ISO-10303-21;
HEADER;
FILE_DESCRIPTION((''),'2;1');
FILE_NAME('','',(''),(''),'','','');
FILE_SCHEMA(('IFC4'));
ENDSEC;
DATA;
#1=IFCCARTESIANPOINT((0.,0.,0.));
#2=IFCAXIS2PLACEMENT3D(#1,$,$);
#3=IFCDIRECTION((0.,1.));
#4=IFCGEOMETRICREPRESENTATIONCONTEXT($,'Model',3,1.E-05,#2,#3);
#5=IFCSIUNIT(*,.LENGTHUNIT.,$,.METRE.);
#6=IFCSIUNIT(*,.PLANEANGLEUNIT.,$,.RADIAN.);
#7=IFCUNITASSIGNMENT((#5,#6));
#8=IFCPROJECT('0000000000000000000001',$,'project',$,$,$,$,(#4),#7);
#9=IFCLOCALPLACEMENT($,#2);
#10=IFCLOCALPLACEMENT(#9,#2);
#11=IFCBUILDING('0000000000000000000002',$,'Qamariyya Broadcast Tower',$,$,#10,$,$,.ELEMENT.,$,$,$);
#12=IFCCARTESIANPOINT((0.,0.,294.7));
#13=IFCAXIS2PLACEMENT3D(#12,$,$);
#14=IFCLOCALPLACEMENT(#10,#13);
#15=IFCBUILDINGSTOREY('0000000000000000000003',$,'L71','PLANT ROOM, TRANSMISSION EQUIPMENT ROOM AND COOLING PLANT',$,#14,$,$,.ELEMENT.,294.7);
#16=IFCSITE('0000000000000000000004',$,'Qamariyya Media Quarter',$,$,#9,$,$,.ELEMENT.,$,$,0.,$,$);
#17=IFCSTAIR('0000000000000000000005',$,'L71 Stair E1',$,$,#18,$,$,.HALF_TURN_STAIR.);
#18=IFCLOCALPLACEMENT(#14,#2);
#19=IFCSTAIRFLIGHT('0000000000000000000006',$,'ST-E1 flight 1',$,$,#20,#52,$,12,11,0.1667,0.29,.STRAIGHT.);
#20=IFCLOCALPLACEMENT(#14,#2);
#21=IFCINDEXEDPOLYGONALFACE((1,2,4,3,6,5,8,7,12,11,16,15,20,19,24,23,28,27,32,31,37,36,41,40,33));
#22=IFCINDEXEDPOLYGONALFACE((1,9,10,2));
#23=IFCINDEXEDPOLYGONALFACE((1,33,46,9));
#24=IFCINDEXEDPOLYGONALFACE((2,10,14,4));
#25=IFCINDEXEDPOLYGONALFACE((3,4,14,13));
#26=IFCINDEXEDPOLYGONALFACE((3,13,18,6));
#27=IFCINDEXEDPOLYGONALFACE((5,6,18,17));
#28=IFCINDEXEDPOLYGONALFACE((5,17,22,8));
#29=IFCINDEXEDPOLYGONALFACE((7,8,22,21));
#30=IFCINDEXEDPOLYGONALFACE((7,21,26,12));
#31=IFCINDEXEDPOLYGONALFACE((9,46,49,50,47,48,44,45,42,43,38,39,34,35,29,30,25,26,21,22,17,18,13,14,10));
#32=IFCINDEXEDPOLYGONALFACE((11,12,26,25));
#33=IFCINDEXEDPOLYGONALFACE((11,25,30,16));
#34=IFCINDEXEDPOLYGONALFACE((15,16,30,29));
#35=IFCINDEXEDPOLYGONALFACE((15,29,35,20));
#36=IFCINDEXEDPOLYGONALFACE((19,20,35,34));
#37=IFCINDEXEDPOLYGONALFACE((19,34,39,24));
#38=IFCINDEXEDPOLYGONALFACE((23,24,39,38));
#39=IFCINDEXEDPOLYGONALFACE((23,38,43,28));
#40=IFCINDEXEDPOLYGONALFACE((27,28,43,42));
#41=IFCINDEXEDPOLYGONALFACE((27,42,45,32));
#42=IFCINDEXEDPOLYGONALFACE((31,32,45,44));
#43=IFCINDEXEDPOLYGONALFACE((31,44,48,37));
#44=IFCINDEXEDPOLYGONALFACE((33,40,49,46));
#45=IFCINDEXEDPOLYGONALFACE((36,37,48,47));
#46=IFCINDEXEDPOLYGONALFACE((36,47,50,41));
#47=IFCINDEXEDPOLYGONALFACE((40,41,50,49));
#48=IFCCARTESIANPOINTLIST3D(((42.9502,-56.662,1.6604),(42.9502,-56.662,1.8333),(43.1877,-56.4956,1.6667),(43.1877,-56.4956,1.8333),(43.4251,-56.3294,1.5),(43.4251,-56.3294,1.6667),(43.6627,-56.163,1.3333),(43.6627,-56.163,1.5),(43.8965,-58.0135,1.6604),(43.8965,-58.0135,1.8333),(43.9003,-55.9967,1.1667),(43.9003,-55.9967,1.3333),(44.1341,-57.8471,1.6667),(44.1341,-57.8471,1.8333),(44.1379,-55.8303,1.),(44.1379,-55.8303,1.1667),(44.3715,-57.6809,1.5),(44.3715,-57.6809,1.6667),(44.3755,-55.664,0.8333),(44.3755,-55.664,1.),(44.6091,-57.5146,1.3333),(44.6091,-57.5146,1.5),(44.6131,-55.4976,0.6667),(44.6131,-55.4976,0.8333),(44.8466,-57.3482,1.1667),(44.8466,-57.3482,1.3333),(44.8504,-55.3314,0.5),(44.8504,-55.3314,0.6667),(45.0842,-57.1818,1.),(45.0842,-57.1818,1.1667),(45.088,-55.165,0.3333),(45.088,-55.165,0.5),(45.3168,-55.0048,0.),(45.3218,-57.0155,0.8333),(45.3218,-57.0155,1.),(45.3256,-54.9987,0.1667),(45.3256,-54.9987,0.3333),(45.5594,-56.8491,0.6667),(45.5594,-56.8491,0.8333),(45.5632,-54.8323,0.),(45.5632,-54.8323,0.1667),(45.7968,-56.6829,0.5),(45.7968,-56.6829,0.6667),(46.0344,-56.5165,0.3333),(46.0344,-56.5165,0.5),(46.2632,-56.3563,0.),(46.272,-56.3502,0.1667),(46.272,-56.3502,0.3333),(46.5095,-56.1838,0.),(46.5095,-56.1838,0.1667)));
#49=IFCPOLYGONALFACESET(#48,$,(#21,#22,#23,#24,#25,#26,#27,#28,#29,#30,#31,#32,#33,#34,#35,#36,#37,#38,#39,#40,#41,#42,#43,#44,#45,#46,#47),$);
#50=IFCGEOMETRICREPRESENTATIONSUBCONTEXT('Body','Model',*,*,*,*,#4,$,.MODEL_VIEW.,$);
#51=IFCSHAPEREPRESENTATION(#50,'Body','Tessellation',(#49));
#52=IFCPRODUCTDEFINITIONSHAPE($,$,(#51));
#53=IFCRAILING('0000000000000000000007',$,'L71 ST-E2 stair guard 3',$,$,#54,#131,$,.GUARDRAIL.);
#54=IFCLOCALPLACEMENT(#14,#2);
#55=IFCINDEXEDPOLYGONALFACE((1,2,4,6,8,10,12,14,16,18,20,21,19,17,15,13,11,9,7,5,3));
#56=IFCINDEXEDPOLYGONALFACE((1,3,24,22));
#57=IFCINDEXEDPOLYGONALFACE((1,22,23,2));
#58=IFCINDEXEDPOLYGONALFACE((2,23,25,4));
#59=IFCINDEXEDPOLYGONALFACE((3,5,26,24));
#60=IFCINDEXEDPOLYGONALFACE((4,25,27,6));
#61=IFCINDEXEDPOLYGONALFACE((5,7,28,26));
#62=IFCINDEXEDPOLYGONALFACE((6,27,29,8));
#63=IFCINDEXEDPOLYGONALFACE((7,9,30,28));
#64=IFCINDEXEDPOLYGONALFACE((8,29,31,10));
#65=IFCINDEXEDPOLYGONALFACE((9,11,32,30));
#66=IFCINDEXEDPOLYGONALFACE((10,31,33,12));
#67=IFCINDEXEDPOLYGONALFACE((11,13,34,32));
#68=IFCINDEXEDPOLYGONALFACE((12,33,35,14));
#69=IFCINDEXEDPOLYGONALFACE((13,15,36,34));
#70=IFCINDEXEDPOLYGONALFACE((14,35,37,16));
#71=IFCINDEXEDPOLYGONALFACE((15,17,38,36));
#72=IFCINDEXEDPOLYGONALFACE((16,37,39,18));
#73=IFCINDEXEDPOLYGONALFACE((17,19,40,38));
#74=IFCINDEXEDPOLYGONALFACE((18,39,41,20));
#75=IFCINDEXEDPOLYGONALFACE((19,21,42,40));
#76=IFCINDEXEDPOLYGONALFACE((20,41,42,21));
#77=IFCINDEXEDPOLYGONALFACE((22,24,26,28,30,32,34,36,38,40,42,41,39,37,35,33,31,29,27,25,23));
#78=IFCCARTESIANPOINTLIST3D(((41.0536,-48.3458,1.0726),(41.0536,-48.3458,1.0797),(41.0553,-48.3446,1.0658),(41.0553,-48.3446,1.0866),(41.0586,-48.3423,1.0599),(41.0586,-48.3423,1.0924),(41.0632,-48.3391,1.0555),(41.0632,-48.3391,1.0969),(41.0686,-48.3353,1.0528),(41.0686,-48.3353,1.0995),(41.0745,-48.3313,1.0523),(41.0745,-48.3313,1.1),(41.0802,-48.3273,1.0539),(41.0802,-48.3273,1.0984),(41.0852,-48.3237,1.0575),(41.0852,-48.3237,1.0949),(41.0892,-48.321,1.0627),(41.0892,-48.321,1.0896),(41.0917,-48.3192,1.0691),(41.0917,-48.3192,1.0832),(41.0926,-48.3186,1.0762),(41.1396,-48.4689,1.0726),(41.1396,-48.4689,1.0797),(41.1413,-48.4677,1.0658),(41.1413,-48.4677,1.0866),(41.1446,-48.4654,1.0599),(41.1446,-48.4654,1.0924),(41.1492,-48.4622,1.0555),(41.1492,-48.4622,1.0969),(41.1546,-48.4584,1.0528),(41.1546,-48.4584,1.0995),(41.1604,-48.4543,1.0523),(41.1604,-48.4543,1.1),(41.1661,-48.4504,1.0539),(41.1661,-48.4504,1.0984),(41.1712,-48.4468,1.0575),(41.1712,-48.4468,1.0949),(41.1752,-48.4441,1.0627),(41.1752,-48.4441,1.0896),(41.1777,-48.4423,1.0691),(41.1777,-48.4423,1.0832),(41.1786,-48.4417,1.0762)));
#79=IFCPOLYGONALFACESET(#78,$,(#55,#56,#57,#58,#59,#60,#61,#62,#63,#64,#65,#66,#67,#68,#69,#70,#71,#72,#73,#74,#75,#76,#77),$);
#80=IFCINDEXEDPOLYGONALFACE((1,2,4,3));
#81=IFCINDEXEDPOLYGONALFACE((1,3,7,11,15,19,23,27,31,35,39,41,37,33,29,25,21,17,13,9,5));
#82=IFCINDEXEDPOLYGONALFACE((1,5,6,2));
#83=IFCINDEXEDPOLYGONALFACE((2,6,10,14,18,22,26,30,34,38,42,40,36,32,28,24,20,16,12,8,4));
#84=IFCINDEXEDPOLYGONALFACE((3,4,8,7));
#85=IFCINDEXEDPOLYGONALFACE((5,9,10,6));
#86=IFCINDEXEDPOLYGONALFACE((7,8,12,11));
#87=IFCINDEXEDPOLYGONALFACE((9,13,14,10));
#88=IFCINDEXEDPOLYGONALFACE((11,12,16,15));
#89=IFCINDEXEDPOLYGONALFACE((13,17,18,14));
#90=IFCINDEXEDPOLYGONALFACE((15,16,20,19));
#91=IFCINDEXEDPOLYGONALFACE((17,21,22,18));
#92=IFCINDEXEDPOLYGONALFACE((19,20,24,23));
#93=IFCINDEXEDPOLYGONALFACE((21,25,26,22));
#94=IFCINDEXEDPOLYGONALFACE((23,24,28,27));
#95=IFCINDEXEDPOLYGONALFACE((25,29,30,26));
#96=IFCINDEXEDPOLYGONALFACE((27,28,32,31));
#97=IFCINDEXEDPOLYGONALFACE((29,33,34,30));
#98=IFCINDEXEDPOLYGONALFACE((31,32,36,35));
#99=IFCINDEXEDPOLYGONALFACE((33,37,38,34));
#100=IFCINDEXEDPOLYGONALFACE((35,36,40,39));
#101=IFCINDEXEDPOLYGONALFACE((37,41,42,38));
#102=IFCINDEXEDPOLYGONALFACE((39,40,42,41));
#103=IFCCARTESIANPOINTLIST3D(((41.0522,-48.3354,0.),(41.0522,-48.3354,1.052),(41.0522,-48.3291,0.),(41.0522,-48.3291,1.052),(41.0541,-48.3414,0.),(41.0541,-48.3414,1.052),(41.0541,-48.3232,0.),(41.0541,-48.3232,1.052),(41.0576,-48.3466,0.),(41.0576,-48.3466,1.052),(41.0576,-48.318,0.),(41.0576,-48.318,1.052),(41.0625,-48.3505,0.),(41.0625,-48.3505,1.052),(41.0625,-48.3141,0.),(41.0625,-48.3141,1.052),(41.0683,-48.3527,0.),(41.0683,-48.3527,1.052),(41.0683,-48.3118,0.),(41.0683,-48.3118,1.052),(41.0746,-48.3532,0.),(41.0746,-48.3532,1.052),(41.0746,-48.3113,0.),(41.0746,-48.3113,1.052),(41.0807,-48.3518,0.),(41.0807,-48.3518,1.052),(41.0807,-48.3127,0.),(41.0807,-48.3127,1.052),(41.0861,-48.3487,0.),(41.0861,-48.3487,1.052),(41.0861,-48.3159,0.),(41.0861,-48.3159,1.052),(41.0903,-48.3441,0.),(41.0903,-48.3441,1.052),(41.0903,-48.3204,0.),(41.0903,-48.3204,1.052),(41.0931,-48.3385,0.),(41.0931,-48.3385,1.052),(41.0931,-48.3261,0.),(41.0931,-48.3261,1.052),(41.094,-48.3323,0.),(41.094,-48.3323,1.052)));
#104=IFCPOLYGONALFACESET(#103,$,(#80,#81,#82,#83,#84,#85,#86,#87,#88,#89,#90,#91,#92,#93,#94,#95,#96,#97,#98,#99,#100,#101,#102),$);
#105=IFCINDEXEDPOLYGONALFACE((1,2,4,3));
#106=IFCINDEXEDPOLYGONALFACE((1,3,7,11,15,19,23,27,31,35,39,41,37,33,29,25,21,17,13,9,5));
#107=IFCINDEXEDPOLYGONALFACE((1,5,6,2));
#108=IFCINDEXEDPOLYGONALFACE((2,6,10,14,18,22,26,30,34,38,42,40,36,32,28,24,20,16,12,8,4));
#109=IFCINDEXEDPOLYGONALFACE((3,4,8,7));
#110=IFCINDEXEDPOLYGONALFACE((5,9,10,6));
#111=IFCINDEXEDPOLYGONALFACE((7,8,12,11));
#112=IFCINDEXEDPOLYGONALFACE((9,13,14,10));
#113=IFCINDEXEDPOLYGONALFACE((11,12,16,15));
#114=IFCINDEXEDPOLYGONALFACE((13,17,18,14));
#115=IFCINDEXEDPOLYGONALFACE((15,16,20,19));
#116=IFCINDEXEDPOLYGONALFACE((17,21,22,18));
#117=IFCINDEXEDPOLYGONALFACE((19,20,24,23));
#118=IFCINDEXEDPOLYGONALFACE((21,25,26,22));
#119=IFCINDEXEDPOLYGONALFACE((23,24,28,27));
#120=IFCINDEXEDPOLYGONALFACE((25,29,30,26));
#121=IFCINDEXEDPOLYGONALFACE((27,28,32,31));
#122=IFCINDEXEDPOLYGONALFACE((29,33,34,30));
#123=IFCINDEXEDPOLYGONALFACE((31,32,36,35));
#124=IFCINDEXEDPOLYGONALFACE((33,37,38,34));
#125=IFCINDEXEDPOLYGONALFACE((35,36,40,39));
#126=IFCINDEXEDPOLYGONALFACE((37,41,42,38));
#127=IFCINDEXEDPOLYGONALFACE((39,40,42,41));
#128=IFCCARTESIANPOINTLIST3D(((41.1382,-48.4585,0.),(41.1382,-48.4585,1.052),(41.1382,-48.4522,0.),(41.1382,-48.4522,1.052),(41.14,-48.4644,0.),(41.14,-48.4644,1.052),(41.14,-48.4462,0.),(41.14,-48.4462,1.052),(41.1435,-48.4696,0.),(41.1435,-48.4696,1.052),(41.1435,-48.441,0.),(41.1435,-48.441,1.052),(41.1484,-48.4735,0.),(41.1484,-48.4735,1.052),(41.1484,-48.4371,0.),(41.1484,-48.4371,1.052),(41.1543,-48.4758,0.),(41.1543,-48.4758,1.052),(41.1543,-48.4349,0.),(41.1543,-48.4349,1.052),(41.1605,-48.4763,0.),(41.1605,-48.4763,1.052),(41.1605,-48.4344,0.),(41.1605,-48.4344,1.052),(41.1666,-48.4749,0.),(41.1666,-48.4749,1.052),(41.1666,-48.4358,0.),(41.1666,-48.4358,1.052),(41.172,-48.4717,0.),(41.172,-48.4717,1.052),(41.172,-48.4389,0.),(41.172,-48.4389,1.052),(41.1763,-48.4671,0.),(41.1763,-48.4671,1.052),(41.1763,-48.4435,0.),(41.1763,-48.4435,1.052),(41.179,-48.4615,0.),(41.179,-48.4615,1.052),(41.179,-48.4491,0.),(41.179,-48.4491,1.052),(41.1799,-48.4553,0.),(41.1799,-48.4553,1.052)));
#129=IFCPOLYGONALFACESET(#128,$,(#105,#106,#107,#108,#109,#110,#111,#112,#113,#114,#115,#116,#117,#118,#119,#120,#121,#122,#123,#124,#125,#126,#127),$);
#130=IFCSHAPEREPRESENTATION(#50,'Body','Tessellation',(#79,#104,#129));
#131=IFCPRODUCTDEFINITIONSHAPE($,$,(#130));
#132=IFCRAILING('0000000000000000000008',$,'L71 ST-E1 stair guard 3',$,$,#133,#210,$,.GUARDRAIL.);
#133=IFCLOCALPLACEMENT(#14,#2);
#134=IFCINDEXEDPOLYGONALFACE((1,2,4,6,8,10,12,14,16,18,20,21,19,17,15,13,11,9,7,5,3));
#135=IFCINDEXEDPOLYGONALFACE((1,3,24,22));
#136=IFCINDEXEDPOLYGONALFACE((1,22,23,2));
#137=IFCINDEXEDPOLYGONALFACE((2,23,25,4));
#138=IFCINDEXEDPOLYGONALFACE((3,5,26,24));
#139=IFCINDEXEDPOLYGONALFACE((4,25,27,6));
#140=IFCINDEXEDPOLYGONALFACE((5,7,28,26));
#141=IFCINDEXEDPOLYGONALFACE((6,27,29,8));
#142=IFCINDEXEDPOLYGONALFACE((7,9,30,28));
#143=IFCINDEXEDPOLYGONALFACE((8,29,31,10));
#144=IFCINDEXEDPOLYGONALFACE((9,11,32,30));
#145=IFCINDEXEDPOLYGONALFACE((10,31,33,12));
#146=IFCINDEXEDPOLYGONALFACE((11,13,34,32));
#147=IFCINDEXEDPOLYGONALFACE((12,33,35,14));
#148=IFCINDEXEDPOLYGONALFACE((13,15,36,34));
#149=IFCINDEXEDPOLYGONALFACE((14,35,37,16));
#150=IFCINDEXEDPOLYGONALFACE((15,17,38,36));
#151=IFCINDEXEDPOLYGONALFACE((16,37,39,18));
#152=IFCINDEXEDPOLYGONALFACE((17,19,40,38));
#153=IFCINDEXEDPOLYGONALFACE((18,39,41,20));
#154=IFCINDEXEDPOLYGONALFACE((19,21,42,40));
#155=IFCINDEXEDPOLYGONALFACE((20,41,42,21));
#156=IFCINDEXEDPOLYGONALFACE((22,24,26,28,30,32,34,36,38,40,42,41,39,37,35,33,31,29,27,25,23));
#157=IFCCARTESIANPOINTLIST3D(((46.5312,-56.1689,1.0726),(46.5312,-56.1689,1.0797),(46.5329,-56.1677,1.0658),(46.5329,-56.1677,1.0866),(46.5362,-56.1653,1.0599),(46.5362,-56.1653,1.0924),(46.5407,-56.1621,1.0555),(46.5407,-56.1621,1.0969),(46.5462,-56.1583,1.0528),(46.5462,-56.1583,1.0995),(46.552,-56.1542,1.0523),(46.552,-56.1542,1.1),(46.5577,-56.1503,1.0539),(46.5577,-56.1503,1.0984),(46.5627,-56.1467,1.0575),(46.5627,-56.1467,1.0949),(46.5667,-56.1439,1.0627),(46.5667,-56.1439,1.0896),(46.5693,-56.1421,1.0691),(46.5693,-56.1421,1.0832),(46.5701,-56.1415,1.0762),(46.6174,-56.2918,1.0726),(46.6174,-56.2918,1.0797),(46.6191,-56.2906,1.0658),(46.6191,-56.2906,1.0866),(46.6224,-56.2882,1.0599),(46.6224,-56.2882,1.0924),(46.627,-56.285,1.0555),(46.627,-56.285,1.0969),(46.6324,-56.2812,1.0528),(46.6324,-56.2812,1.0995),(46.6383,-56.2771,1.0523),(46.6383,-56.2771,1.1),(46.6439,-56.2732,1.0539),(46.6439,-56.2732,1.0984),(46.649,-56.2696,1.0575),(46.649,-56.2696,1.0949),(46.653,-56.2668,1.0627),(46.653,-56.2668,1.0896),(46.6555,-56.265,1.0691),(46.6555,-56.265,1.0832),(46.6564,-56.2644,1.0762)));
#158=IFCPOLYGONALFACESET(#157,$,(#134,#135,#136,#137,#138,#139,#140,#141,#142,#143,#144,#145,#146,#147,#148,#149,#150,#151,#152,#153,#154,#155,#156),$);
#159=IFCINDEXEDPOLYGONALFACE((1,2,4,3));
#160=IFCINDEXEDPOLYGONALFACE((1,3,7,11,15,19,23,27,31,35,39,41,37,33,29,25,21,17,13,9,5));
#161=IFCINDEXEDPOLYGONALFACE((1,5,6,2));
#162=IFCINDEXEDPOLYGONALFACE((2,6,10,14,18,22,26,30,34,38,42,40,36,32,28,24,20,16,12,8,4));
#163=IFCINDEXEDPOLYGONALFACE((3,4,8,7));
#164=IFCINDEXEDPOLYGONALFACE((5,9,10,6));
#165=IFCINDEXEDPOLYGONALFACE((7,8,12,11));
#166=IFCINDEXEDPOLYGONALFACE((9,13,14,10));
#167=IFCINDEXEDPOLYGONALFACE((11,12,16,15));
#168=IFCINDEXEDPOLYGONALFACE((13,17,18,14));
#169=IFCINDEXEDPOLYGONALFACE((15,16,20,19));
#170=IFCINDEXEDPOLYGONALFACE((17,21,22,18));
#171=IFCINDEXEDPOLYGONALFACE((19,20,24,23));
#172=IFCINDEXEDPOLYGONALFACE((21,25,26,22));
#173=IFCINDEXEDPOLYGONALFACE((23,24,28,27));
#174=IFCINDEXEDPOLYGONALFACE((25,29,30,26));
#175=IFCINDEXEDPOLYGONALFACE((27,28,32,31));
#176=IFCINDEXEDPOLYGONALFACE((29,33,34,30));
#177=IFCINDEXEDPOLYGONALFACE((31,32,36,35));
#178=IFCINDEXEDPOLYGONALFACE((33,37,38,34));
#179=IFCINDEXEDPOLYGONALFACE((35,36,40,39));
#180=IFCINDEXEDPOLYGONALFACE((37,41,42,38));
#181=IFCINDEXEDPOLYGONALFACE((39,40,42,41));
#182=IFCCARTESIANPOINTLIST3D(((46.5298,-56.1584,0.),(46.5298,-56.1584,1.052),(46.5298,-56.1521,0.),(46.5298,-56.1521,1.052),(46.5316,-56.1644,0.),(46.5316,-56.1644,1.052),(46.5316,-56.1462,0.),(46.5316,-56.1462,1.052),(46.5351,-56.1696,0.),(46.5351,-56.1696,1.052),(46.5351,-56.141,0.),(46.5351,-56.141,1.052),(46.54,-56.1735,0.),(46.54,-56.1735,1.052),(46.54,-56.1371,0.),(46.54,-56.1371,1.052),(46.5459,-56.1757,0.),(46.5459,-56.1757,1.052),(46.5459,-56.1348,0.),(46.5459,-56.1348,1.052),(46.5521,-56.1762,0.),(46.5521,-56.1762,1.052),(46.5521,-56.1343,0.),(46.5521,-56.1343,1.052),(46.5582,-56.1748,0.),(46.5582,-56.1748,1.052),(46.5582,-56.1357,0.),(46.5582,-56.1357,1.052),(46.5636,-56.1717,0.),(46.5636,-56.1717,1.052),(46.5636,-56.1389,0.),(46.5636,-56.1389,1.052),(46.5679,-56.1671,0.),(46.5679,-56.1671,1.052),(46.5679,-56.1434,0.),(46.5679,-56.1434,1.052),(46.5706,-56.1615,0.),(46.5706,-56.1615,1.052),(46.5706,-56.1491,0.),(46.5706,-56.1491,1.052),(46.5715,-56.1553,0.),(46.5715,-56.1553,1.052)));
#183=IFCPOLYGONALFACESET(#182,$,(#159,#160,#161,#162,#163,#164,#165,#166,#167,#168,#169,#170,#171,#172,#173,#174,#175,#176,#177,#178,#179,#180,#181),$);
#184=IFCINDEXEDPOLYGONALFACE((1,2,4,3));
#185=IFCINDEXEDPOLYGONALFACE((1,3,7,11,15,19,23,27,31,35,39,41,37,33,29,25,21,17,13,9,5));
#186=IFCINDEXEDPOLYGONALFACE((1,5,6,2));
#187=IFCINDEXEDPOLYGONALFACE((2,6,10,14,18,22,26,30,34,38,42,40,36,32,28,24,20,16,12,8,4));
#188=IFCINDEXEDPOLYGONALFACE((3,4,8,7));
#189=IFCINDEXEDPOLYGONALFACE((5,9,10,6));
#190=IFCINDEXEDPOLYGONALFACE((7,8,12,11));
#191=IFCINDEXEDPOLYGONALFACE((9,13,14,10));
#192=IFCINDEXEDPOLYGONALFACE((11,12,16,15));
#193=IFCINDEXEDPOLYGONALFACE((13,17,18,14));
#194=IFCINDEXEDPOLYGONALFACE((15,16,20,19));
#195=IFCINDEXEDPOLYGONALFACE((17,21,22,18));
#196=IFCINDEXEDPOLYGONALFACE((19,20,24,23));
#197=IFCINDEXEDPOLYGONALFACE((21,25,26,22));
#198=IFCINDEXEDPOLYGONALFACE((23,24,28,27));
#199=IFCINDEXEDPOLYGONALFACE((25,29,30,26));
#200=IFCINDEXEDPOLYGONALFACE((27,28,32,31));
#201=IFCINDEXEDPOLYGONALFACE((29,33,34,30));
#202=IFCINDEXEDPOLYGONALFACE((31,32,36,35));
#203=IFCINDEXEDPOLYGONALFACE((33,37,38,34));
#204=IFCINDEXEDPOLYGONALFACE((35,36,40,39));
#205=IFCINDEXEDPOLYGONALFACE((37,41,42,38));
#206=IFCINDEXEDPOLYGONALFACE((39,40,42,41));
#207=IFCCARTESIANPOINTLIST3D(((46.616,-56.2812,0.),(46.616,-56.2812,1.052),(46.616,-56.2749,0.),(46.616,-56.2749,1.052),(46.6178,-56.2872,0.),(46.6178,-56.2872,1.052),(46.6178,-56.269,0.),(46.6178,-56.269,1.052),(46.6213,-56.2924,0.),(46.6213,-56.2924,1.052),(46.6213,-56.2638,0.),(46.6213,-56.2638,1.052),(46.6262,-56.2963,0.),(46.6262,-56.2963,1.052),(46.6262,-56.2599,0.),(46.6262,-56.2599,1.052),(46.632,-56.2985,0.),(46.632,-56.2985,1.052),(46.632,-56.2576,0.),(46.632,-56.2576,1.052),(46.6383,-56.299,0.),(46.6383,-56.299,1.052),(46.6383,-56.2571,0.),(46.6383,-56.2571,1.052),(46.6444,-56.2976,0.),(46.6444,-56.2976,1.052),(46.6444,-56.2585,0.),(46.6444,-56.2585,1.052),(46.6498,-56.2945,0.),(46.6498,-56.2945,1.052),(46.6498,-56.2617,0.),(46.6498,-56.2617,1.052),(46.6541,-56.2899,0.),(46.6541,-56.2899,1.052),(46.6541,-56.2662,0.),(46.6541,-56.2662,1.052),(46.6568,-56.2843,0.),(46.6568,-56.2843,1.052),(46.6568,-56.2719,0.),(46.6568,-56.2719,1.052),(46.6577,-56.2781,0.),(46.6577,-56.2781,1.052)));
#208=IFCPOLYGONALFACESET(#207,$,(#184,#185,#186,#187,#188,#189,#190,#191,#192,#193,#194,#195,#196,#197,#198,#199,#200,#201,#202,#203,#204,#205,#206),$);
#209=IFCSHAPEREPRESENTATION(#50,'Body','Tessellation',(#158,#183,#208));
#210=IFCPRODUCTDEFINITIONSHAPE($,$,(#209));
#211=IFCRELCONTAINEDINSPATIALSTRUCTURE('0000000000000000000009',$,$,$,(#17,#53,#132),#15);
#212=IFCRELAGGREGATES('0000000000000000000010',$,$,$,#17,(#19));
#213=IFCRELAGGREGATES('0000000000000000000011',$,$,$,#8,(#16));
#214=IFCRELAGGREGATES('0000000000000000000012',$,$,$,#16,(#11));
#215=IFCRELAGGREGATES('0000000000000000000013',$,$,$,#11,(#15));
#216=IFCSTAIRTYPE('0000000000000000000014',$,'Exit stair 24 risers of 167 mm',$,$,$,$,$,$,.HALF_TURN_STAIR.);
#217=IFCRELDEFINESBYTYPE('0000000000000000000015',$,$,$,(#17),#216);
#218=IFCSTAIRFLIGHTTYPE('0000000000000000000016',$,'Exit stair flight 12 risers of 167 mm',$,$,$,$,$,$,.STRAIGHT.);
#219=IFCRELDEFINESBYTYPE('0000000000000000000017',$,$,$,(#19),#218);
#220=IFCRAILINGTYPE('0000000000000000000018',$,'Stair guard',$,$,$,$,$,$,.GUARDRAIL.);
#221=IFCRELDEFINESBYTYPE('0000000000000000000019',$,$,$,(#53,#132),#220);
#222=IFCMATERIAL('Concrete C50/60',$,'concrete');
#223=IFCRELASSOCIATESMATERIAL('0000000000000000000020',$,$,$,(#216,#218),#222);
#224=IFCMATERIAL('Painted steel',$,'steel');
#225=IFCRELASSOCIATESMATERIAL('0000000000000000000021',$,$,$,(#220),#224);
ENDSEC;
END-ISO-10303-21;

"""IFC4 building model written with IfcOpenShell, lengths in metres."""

from ifc_helpers import new_model, si_unit, direction, frame, origin, origin_2d, place, context, subcontext, project, spatial, polyline, circle, outline, extrude, material, type_object, element, aggregate, save


model = new_model("IFC4")

# Units and contexts
model_context = context("Model", 3, precision=1e-05, world=origin(), true_north=direction((0.0, 1.0)))
body_context = subcontext(model_context, "Body", "Model", "MODEL_VIEW")
ifc_project = project(units=[si_unit("LENGTHUNIT", "METRE"), si_unit("PLANEANGLEUNIT", "RADIAN")], contexts=[model_context])

# Site, building, storey
site_placement = place(None, origin())
site = spatial("IfcSite", under=ifc_project, at=site_placement, Name="Qamariyya Media Quarter", CompositionType="ELEMENT", RefElevation=0.0)
building_placement = place(site_placement, origin())
building = spatial("IfcBuilding", under=site, at=building_placement, Name="Qamariyya Broadcast Tower", CompositionType="ELEMENT")
storey_placement = place(building_placement, frame((0.0, 0.0, 294.7)))
storey = spatial("IfcBuildingStorey", under=building, at=storey_placement, Name="L71", Description="PLANT ROOM, TRANSMISSION EQUIPMENT ROOM AND COOLING PLANT", CompositionType="ELEMENT", Elevation=294.7)

# Shared definitions
ifc_material_1 = material(Name="Concrete C50/60", Category="concrete")

# Stair, stair flight
stair_type = type_object("IfcStairType", Name="Exit stair 24 risers of 167 mm", PredefinedType="HALF_TURN_STAIR", material=ifc_material_1)
stair_flight_type = type_object("IfcStairFlightType", Name="Exit stair flight 12 risers of 167 mm", PredefinedType="STRAIGHT", material=ifc_material_1)
stair_1_placement = place(storey_placement, origin())
stair_1 = element("IfcStair", 1, at=stair_1_placement, inside=storey, type_object=stair_type, Name="L71 Stair E1", PredefinedType="HALF_TURN_STAIR")
stair_flight_1_placement = place(storey_placement, frame((46.0364, -55.5081, 0.0), z_axis=(0.0, 0.0, 1.0), x_axis=(-0.819152, -0.573576, 0.0)))
stair_flight_1 = element("IfcStairFlight", 2, at=stair_flight_1_placement, type_object=stair_flight_type, Name="ST-E1 flight 1", NumberOfRisers=12, NumberOfTreads=11, PredefinedType="STRAIGHT", RiserHeight=0.1667, TreadLength=0.29, context=body_context, shape_type="SweptSolid", body=[
    extrude(outline(polyline([(0.0, 0.0), (0.0, 0.1667), (0.29, 0.1667), (0.29, 0.3333), (0.5801, 0.3333), (0.5801, 0.5), (0.8701, 0.5), (0.8701, 0.6667), (1.1599, 0.6667), (1.1599, 0.8333), (1.45, 0.8333), (1.45, 1.0), (1.74, 1.0), (1.74, 1.1667), (2.03, 1.1667), (2.03, 1.3333), (2.3201, 1.3333), (2.3201, 1.5), (2.6101, 1.5), (2.6101, 1.6667), (2.8999, 1.6667), (2.8999, 1.8333), (3.1899, 1.8333), (3.1899, 2.0), (3.1899, 1.6604), (0.3008, 0.0), (0.0, 0.0)])), frame((0.0, 0.825, 0.0), z_axis=(0.0, -1.0, 0.0), x_axis=(1.0, 0.0, 0.0)), (0.0, 0.0, 1.0), 1.6499),
])
aggregate(stair_1, [stair_flight_1])

# Railings
ifc_material_2 = material(Name="Painted steel", Category="steel")
railing_type_1 = type_object("IfcRailingType", Name="Stair guard", PredefinedType="GUARDRAIL", material=ifc_material_2)
railing_1_placement = place(storey_placement, frame((41.073, -48.3323, 0.0)))
element("IfcRailing", 3, at=railing_1_placement, inside=storey, type_object=railing_type_1, Name="L71 ST-E2 stair guard 3", PredefinedType="GUARDRAIL", context=body_context, shape_type="SweptSolid", body=[
    extrude(circle(Radius=0.0239, at=origin_2d()), frame((0.0, 0.0, 1.0762), z_axis=(0.572589, -0.819843, 0.0), x_axis=(0.819843, 0.572589, 0.0)), (0.0, 0.0, 1.0), 0.1501),
    extrude(circle(Radius=0.021, at=origin_2d()), origin(), (0.0, 0.0, 1.0), 1.052),
    extrude(circle(Radius=0.021, at=origin_2d()), frame((0.0859, -0.123, 0.0)), (0.0, 0.0, 1.0), 1.052),
])
railing_2_placement = place(storey_placement, frame((46.5505, -56.1553, 0.0)))
element("IfcRailing", 4, at=railing_2_placement, inside=storey, type_object=railing_type_1, Name="L71 ST-E1 stair guard 3", PredefinedType="GUARDRAIL", context=body_context, shape_type="SweptSolid", body=[
    extrude(circle(Radius=0.0239, at=origin_2d()), frame((0.0, 0.0, 1.0762), z_axis=(0.574445, -0.818543, 0.0), x_axis=(0.818543, 0.574445, 0.0)), (0.0, 0.0, 1.0), 0.1501),
    extrude(circle(Radius=0.021, at=origin_2d()), origin(), (0.0, 0.0, 1.0), 1.052),
    extrude(circle(Radius=0.021, at=origin_2d()), frame((0.0862, -0.1228, 0.0)), (0.0, 0.0, 1.0), 1.052),
])

save(model, "model.ifc")
